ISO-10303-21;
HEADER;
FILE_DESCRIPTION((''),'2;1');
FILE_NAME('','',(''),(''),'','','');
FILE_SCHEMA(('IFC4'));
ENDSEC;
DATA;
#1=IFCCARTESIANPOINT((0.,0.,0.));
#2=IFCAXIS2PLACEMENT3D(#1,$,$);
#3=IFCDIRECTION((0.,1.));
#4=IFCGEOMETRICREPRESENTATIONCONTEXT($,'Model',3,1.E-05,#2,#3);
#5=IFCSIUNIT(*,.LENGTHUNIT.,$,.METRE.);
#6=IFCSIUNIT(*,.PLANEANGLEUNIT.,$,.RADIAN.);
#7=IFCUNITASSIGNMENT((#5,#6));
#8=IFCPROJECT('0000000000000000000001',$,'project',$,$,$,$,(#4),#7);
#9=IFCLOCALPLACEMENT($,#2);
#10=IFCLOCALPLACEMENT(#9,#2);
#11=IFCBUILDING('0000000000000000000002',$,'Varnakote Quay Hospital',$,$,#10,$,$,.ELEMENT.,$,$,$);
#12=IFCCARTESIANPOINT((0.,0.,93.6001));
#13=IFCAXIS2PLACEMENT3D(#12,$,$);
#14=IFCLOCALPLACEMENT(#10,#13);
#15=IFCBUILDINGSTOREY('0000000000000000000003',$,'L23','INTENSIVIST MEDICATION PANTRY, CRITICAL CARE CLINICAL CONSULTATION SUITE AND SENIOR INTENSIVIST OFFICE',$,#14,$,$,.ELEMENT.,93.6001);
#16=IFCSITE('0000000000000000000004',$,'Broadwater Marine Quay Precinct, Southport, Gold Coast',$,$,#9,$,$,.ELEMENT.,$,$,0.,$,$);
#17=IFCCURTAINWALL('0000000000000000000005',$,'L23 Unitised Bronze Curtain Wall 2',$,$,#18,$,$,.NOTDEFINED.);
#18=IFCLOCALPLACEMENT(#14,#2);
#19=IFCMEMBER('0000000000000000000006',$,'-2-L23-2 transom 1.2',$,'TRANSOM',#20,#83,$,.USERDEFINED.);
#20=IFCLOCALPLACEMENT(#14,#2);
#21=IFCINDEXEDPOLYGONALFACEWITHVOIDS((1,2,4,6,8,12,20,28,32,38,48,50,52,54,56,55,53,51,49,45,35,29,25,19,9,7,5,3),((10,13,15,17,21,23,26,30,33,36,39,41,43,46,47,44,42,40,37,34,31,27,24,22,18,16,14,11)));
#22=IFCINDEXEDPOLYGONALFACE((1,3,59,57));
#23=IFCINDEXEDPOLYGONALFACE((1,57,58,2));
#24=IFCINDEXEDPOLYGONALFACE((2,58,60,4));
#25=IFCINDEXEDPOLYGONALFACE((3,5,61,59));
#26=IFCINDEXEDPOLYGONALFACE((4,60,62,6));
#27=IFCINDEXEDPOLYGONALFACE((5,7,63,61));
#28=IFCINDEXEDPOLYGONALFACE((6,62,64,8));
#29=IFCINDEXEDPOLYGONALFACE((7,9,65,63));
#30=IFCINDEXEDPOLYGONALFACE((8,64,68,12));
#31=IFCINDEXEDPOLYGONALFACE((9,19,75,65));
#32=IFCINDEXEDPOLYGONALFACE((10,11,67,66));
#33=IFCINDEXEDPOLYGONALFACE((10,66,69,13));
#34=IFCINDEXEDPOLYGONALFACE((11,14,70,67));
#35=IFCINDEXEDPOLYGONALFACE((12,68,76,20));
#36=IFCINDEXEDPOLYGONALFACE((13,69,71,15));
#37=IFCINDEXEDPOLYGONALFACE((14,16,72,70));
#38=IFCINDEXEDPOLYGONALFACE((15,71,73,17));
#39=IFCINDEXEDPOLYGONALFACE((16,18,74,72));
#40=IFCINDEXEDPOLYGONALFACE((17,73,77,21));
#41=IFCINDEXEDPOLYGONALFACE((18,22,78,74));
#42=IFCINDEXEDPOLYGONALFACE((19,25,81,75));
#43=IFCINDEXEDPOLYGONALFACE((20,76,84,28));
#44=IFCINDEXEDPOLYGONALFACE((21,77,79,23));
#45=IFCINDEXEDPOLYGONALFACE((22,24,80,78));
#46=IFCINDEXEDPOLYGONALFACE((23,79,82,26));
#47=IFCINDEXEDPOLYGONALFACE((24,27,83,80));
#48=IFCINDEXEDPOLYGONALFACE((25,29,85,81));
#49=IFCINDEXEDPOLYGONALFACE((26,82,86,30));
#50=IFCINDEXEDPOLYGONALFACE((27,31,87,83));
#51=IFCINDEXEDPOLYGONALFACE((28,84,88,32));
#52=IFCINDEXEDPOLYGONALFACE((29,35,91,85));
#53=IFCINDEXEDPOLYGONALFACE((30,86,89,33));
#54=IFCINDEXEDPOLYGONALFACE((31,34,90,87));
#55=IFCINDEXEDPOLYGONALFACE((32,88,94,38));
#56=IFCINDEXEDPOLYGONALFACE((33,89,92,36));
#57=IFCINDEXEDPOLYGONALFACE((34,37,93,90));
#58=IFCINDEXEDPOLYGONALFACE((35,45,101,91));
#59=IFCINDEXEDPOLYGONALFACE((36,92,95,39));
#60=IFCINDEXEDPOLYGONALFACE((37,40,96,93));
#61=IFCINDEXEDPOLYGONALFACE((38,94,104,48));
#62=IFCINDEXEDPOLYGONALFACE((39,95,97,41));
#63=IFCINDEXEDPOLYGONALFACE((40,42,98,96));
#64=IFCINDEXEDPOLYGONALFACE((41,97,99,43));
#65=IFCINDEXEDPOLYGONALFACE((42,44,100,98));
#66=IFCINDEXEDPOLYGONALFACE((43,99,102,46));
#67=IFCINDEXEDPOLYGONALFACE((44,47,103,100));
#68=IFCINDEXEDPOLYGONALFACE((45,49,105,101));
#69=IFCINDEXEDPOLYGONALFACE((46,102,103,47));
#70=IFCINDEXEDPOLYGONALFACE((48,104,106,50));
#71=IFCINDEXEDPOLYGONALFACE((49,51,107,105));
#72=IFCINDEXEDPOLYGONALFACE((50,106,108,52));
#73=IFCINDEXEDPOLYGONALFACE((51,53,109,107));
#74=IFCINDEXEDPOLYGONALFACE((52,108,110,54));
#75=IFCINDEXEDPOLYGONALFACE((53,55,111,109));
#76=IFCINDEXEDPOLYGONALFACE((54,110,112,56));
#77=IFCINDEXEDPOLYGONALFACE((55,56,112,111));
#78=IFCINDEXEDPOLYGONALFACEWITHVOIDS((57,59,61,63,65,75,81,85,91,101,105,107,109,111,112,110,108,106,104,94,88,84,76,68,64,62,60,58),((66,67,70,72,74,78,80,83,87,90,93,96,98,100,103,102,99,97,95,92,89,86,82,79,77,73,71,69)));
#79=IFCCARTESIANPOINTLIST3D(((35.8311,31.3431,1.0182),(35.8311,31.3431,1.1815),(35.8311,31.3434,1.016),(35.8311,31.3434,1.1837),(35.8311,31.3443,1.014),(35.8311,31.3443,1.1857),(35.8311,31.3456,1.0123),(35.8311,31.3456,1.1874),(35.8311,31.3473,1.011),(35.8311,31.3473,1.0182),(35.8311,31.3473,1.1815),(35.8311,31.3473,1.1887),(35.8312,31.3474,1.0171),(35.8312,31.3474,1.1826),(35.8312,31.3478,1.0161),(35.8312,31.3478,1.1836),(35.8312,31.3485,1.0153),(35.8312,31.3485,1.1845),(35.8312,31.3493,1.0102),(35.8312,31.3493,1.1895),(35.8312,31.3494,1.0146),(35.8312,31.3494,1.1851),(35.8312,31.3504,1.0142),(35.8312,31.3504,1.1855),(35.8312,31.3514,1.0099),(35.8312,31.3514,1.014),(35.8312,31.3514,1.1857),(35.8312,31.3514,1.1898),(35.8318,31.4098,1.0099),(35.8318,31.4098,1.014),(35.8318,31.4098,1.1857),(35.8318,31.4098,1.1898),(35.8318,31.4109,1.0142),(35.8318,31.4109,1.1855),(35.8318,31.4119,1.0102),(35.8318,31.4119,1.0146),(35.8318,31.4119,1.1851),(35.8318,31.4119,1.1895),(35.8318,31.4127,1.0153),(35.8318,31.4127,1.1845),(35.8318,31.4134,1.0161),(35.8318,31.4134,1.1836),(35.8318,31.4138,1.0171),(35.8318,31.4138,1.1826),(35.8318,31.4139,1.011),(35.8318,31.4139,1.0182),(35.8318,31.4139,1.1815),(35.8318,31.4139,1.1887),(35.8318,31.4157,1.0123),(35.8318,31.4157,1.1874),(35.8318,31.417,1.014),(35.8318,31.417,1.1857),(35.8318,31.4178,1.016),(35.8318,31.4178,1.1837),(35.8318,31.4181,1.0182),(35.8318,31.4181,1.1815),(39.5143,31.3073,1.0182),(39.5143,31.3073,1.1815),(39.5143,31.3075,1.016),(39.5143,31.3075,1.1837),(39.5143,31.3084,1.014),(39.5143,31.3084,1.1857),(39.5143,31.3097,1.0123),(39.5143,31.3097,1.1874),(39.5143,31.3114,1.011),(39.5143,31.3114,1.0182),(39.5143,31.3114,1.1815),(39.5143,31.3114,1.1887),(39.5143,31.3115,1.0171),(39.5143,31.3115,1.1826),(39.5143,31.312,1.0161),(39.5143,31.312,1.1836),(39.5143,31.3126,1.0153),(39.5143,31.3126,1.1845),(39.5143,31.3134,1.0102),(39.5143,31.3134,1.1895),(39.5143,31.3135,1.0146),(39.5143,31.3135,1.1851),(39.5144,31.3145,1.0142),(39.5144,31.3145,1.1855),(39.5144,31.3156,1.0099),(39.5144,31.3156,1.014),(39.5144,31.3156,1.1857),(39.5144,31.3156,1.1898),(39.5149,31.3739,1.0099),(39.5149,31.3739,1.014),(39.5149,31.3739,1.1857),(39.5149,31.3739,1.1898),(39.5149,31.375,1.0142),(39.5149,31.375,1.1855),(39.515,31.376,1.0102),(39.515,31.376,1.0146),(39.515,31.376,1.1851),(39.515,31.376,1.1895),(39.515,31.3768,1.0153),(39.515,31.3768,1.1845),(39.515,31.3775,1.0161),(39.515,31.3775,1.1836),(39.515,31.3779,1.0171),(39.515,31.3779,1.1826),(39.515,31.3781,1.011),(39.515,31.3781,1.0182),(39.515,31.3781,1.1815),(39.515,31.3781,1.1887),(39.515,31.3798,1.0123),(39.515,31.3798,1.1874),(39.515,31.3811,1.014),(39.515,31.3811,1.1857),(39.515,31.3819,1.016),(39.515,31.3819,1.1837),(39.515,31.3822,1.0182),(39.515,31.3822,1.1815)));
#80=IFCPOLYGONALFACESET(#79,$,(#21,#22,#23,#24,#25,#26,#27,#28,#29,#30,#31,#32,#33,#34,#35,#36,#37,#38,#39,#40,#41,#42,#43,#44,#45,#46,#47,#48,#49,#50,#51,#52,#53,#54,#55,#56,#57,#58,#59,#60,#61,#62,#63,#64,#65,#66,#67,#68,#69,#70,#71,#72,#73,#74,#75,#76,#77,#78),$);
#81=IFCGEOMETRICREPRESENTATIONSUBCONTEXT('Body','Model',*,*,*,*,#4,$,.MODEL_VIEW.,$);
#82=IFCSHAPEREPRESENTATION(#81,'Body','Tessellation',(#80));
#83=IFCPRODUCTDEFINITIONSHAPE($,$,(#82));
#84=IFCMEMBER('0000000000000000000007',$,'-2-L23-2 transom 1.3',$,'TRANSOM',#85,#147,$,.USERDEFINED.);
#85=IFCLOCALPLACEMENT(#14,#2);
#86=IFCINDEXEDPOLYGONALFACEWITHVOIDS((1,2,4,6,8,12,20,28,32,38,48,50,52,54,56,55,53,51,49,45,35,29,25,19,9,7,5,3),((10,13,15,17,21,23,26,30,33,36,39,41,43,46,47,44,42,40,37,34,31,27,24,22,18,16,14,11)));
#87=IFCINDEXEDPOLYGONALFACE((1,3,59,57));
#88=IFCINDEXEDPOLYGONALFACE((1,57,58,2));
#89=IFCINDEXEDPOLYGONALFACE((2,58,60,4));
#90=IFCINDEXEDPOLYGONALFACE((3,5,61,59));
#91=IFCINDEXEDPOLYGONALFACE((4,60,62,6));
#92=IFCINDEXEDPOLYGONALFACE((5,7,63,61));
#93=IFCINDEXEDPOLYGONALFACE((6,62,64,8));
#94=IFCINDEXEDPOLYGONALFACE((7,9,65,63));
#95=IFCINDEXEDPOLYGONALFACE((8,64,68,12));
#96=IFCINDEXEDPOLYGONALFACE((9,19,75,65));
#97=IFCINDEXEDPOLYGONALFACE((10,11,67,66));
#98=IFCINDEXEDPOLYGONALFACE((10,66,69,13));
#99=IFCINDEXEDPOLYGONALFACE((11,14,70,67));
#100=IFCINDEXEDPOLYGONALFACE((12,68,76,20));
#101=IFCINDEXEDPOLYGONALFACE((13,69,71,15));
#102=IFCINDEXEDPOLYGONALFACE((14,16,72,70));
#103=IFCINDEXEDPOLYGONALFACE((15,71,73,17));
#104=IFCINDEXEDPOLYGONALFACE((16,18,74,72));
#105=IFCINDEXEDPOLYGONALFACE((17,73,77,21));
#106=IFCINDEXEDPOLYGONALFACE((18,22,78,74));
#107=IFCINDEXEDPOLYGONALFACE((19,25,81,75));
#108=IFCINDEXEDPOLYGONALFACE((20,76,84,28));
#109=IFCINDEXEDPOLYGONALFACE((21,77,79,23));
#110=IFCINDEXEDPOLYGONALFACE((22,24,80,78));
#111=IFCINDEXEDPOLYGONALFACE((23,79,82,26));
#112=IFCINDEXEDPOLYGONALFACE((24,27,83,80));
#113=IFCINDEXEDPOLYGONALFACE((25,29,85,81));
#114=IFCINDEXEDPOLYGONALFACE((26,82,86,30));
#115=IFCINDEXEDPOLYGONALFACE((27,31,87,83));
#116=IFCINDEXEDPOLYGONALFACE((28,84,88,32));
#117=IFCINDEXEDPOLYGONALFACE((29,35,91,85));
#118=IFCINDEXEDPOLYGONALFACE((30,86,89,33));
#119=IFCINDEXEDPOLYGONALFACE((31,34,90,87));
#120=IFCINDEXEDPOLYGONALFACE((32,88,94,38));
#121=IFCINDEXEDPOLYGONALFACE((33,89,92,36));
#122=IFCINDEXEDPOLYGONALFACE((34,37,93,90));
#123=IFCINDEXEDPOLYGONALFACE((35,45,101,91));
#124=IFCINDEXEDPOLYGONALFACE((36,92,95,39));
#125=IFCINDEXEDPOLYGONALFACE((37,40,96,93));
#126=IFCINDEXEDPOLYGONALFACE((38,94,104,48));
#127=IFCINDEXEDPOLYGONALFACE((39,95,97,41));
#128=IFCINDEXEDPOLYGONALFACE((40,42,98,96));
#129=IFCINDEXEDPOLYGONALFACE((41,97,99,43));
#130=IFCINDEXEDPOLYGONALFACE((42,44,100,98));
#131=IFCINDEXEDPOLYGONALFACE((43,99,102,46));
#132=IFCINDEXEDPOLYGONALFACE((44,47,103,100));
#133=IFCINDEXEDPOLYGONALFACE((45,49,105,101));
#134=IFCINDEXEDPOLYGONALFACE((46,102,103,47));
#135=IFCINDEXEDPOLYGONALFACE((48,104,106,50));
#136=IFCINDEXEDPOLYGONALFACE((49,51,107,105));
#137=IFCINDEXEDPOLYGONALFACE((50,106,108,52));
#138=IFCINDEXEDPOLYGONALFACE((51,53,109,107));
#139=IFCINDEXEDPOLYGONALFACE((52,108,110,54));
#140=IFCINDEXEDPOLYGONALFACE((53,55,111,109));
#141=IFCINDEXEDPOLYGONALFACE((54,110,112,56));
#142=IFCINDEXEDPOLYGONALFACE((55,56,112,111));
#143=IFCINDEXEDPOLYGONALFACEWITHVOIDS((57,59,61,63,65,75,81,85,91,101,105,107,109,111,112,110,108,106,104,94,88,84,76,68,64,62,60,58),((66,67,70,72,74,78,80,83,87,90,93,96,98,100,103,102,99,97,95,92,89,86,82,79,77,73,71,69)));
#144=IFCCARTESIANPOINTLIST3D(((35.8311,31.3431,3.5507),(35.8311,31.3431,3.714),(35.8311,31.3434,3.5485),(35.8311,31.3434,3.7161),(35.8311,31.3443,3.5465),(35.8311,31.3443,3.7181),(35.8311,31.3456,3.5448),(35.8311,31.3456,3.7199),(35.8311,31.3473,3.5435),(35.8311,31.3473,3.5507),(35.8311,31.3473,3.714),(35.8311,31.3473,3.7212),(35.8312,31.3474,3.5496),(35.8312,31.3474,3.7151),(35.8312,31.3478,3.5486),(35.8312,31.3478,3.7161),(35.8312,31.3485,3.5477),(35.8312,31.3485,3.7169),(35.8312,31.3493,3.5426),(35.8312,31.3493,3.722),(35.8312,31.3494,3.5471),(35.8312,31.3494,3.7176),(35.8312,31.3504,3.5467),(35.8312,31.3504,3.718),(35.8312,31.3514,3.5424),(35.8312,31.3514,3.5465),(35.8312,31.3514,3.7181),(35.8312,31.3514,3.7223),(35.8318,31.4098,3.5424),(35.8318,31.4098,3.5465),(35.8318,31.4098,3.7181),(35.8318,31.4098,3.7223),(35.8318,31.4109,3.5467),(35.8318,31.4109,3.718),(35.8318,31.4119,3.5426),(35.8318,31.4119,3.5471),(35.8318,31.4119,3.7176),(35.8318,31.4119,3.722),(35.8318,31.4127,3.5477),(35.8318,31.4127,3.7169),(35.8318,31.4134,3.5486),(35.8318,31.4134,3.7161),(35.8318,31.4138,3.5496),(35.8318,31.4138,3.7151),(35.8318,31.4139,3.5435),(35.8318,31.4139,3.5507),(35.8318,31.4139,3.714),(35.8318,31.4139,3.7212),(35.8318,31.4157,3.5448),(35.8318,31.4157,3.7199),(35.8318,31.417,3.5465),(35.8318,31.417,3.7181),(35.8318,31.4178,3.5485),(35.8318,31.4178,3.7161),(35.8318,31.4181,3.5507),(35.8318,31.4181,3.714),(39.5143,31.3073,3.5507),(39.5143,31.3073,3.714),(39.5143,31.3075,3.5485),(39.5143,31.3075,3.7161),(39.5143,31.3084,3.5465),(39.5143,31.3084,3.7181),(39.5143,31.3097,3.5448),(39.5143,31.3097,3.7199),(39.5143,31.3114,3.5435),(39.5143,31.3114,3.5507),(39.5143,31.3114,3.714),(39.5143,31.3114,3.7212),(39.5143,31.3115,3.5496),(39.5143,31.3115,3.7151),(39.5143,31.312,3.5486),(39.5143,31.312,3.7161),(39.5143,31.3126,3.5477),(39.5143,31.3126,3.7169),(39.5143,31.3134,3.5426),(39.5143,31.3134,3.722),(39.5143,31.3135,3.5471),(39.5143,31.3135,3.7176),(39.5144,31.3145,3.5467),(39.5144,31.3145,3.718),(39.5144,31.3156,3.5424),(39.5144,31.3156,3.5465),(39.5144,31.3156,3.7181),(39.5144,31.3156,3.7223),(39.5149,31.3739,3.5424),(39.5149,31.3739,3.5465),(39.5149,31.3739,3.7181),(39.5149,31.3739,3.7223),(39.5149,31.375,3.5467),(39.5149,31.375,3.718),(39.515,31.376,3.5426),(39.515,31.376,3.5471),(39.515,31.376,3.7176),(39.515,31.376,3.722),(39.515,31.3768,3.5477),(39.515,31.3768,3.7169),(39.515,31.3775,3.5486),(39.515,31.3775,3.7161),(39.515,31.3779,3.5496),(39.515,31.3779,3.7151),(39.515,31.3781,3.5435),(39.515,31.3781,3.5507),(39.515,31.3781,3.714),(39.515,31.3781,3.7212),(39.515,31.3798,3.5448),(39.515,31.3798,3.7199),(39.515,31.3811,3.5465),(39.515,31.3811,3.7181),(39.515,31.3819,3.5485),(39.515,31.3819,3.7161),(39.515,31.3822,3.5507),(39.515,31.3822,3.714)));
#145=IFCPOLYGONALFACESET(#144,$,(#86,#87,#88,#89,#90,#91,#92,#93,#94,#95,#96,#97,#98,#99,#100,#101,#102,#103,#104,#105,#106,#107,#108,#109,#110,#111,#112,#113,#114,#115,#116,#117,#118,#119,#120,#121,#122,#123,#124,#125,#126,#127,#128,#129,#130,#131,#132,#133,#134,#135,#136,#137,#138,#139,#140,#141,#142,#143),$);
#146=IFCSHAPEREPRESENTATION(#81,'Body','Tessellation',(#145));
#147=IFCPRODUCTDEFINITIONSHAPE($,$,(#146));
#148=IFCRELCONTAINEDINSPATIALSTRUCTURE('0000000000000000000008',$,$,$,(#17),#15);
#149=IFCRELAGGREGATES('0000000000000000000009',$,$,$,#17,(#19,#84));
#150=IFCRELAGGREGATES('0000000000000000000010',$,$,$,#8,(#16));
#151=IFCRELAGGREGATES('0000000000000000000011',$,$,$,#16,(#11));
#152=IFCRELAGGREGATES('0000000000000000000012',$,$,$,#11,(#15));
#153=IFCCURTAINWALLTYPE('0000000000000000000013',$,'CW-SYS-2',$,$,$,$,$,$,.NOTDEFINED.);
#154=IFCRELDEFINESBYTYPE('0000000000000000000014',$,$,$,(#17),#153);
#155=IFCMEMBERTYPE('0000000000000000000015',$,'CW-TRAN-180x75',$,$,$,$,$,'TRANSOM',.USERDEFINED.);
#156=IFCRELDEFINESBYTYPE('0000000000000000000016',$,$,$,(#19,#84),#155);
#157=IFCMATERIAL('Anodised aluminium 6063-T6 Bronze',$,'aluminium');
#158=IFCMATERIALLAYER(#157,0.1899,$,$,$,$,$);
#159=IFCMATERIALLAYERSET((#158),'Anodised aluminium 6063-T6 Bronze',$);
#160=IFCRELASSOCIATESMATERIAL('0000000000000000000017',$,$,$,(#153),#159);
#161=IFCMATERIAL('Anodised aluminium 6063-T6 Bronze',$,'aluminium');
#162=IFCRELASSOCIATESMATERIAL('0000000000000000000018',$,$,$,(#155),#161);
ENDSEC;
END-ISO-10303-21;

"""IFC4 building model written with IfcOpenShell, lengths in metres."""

from ifc_helpers import new_model, si_unit, direction, frame, origin, origin_2d, place, context, subcontext, project, spatial, hollow_rectangle, extrude, material, layer, layer_set, material_profile, profile_set, type_object, element, aggregate, save


model = new_model("IFC4")

# Units and contexts
model_context = context("Model", 3, precision=1e-05, world=origin(), true_north=direction((0.0, 1.0)))
body_context = subcontext(model_context, "Body", "Model", "MODEL_VIEW")
ifc_project = project(units=[si_unit("LENGTHUNIT", "METRE"), si_unit("PLANEANGLEUNIT", "RADIAN")], contexts=[model_context])

# Site, building, storey
site_placement = place(None, origin())
site = spatial("IfcSite", under=ifc_project, at=site_placement, Name="Broadwater Marine Quay Precinct, Southport, Gold Coast", CompositionType="ELEMENT", RefElevation=0.0)
building_placement = place(site_placement, origin())
building = spatial("IfcBuilding", under=site, at=building_placement, Name="Varnakote Quay Hospital", CompositionType="ELEMENT")
storey_placement = place(building_placement, frame((0.0, 0.0, 93.6001)))
storey = spatial("IfcBuildingStorey", under=building, at=storey_placement, Name="L23", Description="INTENSIVIST MEDICATION PANTRY, CRITICAL CARE CLINICAL CONSULTATION SUITE AND SENIOR INTENSIVIST OFFICE", CompositionType="ELEMENT", Elevation=93.6001)

# Shared definitions
ifc_material_1 = material(Name="Anodised aluminium 6063-T6 Bronze", Category="aluminium")
ifc_layer_1 = layer(ifc_material_1, 0.1899)
ifc_layer_set_1 = layer_set([ifc_layer_1], Name="Anodised aluminium 6063-T6 Bronze")
curtain_wall_type = type_object("IfcCurtainWallType", Name="CW-SYS-2", PredefinedType="NOTDEFINED", material=ifc_layer_set_1)

# Curtain wall, members
curtain_wall_1_placement = place(storey_placement, origin())
curtain_wall_1 = element("IfcCurtainWall", 1, at=curtain_wall_1_placement, inside=storey, type_object=curtain_wall_type, Name="L23 Unitised Bronze Curtain Wall 2", PredefinedType="NOTDEFINED")
ifc_material_2 = material(Name="Anodised aluminium 6063-T6 Bronze", Category="aluminium")
ifc_material_profile_1 = material_profile(ifc_material_2, hollow_rectangle(XDim=0.075, YDim=0.1799, WallThickness=0.0042, InnerFilletRadius=0.0042, OuterFilletRadius=0.0083, at=origin_2d()), Name="CW-TRAN-180x75")
ifc_profile_set_1 = profile_set([ifc_material_profile_1], Name="Anodised aluminium 6063-T6 Bronze")
member_type_1 = type_object("IfcMemberType", Name="CW-TRAN-180x75", ElementType="TRANSOM", PredefinedType="USERDEFINED", material=ifc_profile_set_1)
member_1_placement = place(storey_placement, frame((39.5146, 31.3447, 1.0999), z_axis=(-0.999953, 0.009744, 0.0), x_axis=(-0.009744, -0.999953, 0.0)))
member_1 = element("IfcMember", 2, at=member_1_placement, type_object=member_type_1, Name="-2-L23-2 transom 1.2", ObjectType="TRANSOM", PredefinedType="USERDEFINED", context=body_context, shape_type="SweptSolid", body=[
    extrude(hollow_rectangle(XDim=0.075, YDim=0.1799, WallThickness=0.0042, InnerFilletRadius=0.0042, OuterFilletRadius=0.0083, at=origin_2d()), origin(), (0.0, 0.0, 1.0), 3.6833),
])
member_2_placement = place(storey_placement, frame((39.5146, 31.3447, 3.6323), z_axis=(-0.999953, 0.009744, 0.0), x_axis=(-0.009744, -0.999953, 0.0)))
member_2 = element("IfcMember", 3, at=member_2_placement, type_object=member_type_1, Name="-2-L23-2 transom 1.3", ObjectType="TRANSOM", PredefinedType="USERDEFINED", context=body_context, shape_type="SweptSolid", body=[
    extrude(hollow_rectangle(XDim=0.075, YDim=0.1799, WallThickness=0.0042, InnerFilletRadius=0.0042, OuterFilletRadius=0.0083, at=origin_2d()), origin(), (0.0, 0.0, 1.0), 3.6833),
])

aggregate(curtain_wall_1, [member_1, member_2])

save(model, "model.ifc")
